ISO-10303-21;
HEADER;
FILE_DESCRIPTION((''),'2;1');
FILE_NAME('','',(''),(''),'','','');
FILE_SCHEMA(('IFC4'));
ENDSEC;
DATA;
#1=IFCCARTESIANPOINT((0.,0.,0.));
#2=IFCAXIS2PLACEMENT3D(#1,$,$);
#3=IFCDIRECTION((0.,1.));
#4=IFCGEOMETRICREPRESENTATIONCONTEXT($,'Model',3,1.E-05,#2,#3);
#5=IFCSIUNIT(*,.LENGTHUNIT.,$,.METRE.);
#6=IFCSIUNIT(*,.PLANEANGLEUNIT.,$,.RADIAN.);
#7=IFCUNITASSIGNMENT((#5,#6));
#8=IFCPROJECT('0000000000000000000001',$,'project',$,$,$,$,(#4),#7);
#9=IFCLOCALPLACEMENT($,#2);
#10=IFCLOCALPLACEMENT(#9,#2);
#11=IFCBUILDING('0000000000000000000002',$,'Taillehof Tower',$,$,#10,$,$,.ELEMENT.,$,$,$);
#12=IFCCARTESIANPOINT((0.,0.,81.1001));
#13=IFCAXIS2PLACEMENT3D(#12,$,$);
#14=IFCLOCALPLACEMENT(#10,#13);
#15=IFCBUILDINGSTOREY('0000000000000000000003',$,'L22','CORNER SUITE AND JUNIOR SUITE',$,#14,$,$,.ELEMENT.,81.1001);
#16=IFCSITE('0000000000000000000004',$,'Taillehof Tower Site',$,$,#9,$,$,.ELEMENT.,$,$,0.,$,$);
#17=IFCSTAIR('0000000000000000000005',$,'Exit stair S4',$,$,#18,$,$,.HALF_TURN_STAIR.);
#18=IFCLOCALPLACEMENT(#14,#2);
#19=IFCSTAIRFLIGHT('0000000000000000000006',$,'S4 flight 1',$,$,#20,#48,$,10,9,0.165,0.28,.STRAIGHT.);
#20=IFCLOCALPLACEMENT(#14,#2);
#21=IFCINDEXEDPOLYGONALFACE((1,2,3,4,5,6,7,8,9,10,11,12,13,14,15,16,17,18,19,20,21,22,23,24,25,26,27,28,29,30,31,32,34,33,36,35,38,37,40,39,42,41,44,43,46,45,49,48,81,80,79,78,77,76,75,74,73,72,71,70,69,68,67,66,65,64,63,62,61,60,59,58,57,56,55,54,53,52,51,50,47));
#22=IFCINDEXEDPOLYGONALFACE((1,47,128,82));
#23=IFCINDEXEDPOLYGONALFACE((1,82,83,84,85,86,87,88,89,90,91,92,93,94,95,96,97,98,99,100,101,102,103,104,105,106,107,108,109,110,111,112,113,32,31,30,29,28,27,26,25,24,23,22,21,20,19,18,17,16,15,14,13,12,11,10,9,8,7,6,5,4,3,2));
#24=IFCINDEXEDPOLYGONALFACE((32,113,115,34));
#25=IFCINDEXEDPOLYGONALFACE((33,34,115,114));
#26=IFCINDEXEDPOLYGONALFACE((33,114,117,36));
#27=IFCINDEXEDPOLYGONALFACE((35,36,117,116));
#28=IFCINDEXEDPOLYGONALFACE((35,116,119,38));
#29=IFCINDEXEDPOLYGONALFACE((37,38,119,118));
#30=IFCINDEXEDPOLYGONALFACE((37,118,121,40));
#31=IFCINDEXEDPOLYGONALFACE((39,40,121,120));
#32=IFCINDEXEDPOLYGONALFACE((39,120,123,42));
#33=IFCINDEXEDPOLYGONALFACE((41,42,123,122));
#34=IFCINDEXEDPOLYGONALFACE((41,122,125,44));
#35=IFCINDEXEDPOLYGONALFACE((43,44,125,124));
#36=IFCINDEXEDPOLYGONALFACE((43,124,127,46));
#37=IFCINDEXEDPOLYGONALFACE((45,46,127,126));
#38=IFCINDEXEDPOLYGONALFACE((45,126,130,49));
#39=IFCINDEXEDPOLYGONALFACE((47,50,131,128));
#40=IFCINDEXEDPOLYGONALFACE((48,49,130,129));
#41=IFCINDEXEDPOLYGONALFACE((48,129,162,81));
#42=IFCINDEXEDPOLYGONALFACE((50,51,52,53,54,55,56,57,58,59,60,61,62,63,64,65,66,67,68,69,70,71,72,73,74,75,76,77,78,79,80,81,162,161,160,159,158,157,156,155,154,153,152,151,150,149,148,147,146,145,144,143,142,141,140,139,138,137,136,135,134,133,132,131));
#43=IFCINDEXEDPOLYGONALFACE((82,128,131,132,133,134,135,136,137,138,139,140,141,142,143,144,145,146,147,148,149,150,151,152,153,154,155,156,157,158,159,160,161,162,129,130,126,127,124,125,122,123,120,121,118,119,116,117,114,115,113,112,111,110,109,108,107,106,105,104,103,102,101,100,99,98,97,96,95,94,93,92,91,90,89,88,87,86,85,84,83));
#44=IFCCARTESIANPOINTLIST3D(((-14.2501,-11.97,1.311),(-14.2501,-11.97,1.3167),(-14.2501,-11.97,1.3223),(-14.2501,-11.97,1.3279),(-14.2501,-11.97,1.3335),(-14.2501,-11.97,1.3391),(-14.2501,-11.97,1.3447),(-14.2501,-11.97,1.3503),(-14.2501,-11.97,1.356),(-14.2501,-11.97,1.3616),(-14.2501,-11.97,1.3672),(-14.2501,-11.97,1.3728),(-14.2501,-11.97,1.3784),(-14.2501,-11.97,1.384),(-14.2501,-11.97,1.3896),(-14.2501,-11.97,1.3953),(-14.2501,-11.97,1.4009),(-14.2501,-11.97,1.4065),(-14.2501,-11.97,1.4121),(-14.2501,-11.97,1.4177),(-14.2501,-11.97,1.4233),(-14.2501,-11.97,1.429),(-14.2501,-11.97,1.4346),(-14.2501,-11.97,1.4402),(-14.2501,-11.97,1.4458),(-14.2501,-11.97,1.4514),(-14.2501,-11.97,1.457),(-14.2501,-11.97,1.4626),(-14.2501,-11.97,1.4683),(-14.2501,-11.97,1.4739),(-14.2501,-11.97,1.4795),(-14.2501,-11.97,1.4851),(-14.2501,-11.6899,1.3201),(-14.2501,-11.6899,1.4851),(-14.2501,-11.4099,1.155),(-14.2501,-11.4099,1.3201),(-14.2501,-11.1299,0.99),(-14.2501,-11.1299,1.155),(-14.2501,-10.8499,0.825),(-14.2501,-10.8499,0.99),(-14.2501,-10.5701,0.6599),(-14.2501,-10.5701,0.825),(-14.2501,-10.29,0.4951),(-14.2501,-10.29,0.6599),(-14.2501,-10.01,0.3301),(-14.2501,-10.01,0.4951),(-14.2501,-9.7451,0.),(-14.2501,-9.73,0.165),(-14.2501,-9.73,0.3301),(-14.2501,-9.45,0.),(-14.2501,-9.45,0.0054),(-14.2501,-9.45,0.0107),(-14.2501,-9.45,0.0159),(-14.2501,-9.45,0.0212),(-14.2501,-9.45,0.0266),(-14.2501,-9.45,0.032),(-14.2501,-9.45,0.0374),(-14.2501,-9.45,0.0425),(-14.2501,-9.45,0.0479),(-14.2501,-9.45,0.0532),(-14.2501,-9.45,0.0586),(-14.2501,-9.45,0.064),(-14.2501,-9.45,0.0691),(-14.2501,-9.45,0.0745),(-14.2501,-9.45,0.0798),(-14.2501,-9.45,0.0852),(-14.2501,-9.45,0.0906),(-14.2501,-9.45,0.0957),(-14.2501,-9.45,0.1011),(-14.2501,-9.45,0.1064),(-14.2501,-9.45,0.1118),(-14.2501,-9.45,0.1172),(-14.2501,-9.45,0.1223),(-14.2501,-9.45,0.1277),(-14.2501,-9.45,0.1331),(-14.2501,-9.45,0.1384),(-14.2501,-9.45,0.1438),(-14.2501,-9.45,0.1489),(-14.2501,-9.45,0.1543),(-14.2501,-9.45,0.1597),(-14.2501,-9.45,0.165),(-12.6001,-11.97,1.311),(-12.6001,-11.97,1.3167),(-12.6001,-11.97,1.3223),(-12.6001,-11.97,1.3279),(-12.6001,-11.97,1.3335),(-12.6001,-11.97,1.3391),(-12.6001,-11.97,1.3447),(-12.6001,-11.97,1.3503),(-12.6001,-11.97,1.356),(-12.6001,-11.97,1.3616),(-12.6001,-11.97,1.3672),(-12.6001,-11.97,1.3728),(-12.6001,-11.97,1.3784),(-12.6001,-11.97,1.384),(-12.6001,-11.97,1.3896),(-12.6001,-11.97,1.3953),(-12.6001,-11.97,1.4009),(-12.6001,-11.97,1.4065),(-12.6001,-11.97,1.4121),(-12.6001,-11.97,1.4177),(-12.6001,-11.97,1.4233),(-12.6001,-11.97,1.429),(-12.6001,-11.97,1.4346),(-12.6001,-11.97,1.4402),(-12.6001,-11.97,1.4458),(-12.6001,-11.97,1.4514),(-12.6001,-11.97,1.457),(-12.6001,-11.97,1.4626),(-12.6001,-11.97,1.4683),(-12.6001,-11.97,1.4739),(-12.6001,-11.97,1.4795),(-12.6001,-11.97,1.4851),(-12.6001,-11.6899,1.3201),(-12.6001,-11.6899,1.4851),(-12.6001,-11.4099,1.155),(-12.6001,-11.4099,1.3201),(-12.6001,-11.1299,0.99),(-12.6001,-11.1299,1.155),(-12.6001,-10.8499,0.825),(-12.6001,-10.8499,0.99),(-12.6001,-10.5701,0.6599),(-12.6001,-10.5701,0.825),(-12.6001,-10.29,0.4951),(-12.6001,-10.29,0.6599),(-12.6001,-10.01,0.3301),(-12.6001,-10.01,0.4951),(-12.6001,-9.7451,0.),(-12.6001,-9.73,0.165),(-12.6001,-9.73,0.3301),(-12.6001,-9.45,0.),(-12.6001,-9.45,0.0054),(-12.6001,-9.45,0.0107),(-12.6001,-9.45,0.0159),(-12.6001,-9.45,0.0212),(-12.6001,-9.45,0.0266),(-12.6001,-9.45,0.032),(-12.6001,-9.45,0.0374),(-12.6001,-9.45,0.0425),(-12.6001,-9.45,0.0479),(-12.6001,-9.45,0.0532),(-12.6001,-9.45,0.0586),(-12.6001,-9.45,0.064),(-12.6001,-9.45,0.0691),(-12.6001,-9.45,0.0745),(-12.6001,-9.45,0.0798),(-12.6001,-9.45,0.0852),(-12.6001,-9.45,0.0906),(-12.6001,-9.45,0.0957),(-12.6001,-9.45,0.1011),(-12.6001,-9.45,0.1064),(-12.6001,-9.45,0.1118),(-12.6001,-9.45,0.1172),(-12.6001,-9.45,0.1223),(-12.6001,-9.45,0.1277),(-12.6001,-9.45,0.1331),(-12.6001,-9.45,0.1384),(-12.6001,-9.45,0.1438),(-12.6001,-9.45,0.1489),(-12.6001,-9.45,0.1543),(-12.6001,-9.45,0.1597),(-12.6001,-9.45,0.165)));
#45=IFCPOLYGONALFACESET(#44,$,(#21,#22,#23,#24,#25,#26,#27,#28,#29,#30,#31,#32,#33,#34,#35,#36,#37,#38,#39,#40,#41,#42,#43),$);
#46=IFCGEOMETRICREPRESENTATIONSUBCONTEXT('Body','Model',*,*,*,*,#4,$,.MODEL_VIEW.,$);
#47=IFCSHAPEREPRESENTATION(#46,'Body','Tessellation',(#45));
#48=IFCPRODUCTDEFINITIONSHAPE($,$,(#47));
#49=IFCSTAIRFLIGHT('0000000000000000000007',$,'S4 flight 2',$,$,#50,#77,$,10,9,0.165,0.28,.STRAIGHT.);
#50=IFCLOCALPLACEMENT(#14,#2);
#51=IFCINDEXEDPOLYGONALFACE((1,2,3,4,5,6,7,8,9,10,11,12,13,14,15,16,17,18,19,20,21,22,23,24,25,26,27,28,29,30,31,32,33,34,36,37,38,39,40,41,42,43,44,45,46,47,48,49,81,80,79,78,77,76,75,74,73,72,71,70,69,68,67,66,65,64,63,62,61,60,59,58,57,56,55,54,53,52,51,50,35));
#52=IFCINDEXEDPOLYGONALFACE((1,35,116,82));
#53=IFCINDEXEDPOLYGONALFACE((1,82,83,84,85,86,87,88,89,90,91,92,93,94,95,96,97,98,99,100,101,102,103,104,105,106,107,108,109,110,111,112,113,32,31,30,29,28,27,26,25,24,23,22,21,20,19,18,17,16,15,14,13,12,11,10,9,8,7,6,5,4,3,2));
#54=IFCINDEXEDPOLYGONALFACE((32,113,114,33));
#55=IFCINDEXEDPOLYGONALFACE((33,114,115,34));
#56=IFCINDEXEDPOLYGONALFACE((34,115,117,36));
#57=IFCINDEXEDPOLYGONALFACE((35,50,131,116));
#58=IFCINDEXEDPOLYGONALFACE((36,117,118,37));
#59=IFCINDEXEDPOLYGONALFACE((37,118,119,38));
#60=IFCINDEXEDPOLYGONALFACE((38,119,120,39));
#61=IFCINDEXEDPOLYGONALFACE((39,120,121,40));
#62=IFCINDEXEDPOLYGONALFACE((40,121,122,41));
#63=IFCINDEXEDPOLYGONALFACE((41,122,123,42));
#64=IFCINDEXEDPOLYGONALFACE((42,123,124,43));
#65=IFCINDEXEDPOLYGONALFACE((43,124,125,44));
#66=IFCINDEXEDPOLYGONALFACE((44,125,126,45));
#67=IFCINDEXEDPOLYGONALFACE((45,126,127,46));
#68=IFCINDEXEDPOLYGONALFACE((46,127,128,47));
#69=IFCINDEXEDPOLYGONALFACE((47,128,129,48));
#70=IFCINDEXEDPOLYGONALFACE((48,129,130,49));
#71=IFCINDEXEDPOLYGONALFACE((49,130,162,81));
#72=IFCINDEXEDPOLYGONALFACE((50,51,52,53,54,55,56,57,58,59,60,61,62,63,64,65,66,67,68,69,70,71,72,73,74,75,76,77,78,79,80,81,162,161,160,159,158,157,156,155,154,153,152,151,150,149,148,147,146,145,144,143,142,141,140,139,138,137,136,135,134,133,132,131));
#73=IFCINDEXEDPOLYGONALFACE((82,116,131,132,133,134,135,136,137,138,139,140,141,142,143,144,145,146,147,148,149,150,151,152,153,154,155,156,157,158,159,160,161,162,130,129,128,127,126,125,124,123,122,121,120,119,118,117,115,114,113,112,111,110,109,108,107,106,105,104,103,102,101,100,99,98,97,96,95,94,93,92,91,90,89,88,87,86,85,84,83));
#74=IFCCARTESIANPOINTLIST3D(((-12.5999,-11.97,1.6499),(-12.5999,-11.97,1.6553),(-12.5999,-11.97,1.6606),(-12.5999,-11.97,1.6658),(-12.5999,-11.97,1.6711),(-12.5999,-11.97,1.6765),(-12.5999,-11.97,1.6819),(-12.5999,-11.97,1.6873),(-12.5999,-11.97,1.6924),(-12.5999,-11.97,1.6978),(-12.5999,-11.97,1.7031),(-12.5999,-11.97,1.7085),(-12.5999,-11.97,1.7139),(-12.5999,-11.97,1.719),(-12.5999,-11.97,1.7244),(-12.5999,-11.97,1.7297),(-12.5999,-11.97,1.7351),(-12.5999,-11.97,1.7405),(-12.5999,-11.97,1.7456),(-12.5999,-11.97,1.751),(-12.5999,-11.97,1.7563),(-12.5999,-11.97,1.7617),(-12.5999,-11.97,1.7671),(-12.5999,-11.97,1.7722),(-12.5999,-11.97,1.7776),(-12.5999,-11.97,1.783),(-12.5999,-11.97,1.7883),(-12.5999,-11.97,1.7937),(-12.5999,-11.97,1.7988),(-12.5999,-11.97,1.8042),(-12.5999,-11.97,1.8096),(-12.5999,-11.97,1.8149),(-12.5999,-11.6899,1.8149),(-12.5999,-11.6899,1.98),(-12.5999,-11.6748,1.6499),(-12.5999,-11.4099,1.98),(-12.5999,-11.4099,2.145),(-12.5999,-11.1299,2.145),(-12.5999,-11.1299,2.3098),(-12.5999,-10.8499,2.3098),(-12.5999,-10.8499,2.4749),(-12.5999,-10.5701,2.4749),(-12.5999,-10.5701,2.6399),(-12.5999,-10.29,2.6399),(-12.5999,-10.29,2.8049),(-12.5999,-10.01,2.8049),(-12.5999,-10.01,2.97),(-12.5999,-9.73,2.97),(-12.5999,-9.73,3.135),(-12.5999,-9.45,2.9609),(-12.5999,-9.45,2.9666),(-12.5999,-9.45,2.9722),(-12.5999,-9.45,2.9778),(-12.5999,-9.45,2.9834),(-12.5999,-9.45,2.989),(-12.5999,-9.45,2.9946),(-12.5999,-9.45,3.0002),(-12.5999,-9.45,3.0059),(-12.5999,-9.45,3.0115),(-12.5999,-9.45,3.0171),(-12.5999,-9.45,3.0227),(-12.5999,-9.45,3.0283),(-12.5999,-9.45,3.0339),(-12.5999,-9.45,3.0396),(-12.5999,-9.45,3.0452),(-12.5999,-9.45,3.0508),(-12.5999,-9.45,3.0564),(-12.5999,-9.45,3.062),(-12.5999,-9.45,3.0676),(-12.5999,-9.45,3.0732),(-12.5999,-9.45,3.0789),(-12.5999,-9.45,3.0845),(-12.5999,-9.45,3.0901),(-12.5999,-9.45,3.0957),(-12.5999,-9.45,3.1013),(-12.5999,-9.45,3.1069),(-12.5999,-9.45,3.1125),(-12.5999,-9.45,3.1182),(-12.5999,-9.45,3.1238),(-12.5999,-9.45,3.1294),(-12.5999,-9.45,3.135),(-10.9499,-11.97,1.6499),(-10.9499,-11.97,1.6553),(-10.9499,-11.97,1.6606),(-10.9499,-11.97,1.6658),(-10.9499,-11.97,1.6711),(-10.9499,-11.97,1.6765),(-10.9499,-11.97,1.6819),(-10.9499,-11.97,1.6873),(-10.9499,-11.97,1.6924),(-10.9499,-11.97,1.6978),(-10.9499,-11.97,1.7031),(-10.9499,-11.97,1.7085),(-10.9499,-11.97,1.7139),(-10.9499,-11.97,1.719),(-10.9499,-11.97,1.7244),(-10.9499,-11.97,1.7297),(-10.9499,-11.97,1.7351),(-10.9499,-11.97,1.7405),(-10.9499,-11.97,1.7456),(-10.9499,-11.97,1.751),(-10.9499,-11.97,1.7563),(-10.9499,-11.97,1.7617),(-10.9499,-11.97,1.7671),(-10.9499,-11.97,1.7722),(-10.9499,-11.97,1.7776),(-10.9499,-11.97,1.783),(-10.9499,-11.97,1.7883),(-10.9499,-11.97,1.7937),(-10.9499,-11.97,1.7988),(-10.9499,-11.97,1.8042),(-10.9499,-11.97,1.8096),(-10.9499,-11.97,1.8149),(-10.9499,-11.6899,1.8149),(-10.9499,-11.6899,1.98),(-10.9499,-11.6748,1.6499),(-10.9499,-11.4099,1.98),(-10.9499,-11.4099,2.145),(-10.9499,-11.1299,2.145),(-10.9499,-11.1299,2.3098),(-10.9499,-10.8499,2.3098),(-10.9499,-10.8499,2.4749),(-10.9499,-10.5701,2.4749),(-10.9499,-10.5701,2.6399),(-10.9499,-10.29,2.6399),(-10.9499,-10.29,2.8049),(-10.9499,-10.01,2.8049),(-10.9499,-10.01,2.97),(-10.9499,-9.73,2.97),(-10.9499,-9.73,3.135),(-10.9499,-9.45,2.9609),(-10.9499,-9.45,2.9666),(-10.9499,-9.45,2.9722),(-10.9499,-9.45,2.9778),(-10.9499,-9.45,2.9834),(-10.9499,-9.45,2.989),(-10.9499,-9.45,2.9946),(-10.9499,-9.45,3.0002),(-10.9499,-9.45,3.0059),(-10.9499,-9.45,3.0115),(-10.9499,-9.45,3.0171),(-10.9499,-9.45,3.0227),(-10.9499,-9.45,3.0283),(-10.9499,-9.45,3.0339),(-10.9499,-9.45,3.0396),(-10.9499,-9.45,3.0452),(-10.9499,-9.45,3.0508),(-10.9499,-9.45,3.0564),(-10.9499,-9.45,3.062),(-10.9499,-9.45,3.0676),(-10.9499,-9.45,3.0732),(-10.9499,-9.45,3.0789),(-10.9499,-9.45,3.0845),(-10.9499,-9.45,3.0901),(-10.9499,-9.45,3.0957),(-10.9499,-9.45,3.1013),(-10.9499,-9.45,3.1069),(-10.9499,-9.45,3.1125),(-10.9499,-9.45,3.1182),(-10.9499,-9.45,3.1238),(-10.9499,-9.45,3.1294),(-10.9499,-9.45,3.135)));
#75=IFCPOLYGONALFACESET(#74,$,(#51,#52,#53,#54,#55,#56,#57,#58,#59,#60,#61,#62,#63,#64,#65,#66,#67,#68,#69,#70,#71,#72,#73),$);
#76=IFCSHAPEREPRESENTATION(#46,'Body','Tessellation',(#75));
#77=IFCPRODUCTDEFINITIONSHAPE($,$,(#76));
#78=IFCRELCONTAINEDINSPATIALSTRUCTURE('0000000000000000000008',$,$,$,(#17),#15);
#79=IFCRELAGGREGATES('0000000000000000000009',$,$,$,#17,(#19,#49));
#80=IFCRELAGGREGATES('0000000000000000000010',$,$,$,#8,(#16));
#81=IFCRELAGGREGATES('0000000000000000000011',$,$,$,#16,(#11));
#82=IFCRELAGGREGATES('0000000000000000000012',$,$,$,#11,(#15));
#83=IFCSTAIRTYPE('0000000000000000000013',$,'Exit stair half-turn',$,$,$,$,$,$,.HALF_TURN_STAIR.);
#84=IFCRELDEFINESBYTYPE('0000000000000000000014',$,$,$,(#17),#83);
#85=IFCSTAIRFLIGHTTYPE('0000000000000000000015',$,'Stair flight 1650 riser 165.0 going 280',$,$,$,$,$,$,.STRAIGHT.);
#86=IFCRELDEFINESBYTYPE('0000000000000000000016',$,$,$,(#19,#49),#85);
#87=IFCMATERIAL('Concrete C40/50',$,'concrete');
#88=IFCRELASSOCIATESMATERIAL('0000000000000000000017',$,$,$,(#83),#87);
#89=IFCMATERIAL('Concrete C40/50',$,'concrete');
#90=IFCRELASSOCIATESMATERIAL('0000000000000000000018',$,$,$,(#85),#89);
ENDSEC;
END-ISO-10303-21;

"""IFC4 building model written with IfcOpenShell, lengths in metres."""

from ifc_helpers import new_model, si_unit, direction, frame, origin, place, context, subcontext, project, spatial, polyline, outline, extrude, material, type_object, element, aggregate, save


model = new_model("IFC4")

# Units and contexts
model_context = context("Model", 3, precision=1e-05, world=origin(), true_north=direction((0.0, 1.0)))
body_context = subcontext(model_context, "Body", "Model", "MODEL_VIEW")
ifc_project = project(units=[si_unit("LENGTHUNIT", "METRE"), si_unit("PLANEANGLEUNIT", "RADIAN")], contexts=[model_context])

# Site, building, storey
site_placement = place(None, origin())
site = spatial("IfcSite", under=ifc_project, at=site_placement, Name="Taillehof Tower Site", CompositionType="ELEMENT", RefElevation=0.0)
building_placement = place(site_placement, origin())
building = spatial("IfcBuilding", under=site, at=building_placement, Name="Taillehof Tower", CompositionType="ELEMENT")
storey_placement = place(building_placement, frame((0.0, 0.0, 81.1001)))
storey = spatial("IfcBuildingStorey", under=building, at=storey_placement, Name="L22", Description="CORNER SUITE AND JUNIOR SUITE", CompositionType="ELEMENT", Elevation=81.1001)

# Stair, stair flights
ifc_material_1 = material(Name="Concrete C40/50", Category="concrete")
stair_type = type_object("IfcStairType", Name="Exit stair half-turn", PredefinedType="HALF_TURN_STAIR", material=ifc_material_1)
stair_placement = place(storey_placement, origin())
stair = element("IfcStair", 1, at=stair_placement, inside=storey, type_object=stair_type, Name="Exit stair S4", PredefinedType="HALF_TURN_STAIR")
ifc_material_2 = material(Name="Concrete C40/50", Category="concrete")
stair_flight_type = type_object("IfcStairFlightType", Name="Stair flight 1650 riser 165.0 going 280", PredefinedType="STRAIGHT", material=ifc_material_2)
stair_flight_1_placement = place(storey_placement, frame((-13.425, -9.45, 0.0), z_axis=(0.0, 0.0, 1.0), x_axis=(0.0, -1.0, 0.0)))
stair_flight_1 = element("IfcStairFlight", 2, at=stair_flight_1_placement, type_object=stair_flight_type, Name="S4 flight 1", NumberOfRisers=10, NumberOfTreads=9, PredefinedType="STRAIGHT", RiserHeight=0.165, TreadLength=0.28, context=body_context, shape_type="SweptSolid", body=[
    extrude(outline(polyline([(0.0, 0.0), (0.0, 0.0054), (0.0, 0.0107), (0.0, 0.0159), (0.0, 0.0212), (0.0, 0.0266), (0.0, 0.032), (0.0, 0.0374), (0.0, 0.0425), (0.0, 0.0479), (0.0, 0.0532), (0.0, 0.0586), (0.0, 0.064), (0.0, 0.0691), (0.0, 0.0745), (0.0, 0.0798), (0.0, 0.0852), (0.0, 0.0906), (0.0, 0.0957), (0.0, 0.1011), (0.0, 0.1064), (0.0, 0.1118), (0.0, 0.1172), (0.0, 0.1223), (0.0, 0.1277), (0.0, 0.1331), (0.0, 0.1384), (0.0, 0.1438), (0.0, 0.1489), (0.0, 0.1543), (0.0, 0.1597), (0.0, 0.165), (0.28, 0.165), (0.28, 0.3301), (0.5601, 0.3301), (0.5601, 0.4951), (0.8401, 0.4951), (0.8401, 0.6599), (1.1201, 0.6599), (1.1201, 0.825), (1.3999, 0.825), (1.3999, 0.99), (1.6799, 0.99), (1.6799, 1.155), (1.96, 1.155), (1.96, 1.3201), (2.24, 1.3201), (2.24, 1.4851), (2.52, 1.4851), (2.52, 1.4795), (2.52, 1.4739), (2.52, 1.4683), (2.52, 1.4626), (2.52, 1.457), (2.52, 1.4514), (2.52, 1.4458), (2.52, 1.4402), (2.52, 1.4346), (2.52, 1.429), (2.52, 1.4233), (2.52, 1.4177), (2.52, 1.4121), (2.52, 1.4065), (2.52, 1.4009), (2.52, 1.3953), (2.52, 1.3896), (2.52, 1.384), (2.52, 1.3784), (2.52, 1.3728), (2.52, 1.3672), (2.52, 1.3616), (2.52, 1.356), (2.52, 1.3503), (2.52, 1.3447), (2.52, 1.3391), (2.52, 1.3335), (2.52, 1.3279), (2.52, 1.3223), (2.52, 1.3167), (2.52, 1.311), (0.2952, 0.0), (0.0, 0.0)])), frame((0.0, 0.825, 0.0), z_axis=(0.0, -1.0, 0.0), x_axis=(1.0, 0.0, 0.0)), (0.0, 0.0, 1.0), 1.65),
])
stair_flight_2_placement = place(storey_placement, frame((-11.7749, -11.97, 1.6499), z_axis=(0.0, 0.0, 1.0), x_axis=(0.0, 1.0, 0.0)))
stair_flight_2 = element("IfcStairFlight", 3, at=stair_flight_2_placement, type_object=stair_flight_type, Name="S4 flight 2", NumberOfRisers=10, NumberOfTreads=9, PredefinedType="STRAIGHT", RiserHeight=0.165, TreadLength=0.28, context=body_context, shape_type="SweptSolid", body=[
    extrude(outline(polyline([(0.0, 0.0), (0.0, 0.0054), (0.0, 0.0107), (0.0, 0.0159), (0.0, 0.0212), (0.0, 0.0266), (0.0, 0.032), (0.0, 0.0374), (0.0, 0.0425), (0.0, 0.0479), (0.0, 0.0532), (0.0, 0.0586), (0.0, 0.064), (0.0, 0.0691), (0.0, 0.0745), (0.0, 0.0798), (0.0, 0.0852), (0.0, 0.0906), (0.0, 0.0957), (0.0, 0.1011), (0.0, 0.1064), (0.0, 0.1118), (0.0, 0.1172), (0.0, 0.1223), (0.0, 0.1277), (0.0, 0.1331), (0.0, 0.1384), (0.0, 0.1438), (0.0, 0.1489), (0.0, 0.1543), (0.0, 0.1597), (0.0, 0.165), (0.28, 0.165), (0.28, 0.3301), (0.5601, 0.3301), (0.5601, 0.4951), (0.8401, 0.4951), (0.8401, 0.6599), (1.1201, 0.6599), (1.1201, 0.825), (1.3999, 0.825), (1.3999, 0.99), (1.6799, 0.99), (1.6799, 1.155), (1.96, 1.155), (1.96, 1.3201), (2.24, 1.3201), (2.24, 1.4851), (2.52, 1.4851), (2.52, 1.4795), (2.52, 1.4739), (2.52, 1.4683), (2.52, 1.4626), (2.52, 1.457), (2.52, 1.4514), (2.52, 1.4458), (2.52, 1.4402), (2.52, 1.4346), (2.52, 1.429), (2.52, 1.4233), (2.52, 1.4177), (2.52, 1.4121), (2.52, 1.4065), (2.52, 1.4009), (2.52, 1.3953), (2.52, 1.3896), (2.52, 1.384), (2.52, 1.3784), (2.52, 1.3728), (2.52, 1.3672), (2.52, 1.3616), (2.52, 1.356), (2.52, 1.3503), (2.52, 1.3447), (2.52, 1.3391), (2.52, 1.3335), (2.52, 1.3279), (2.52, 1.3223), (2.52, 1.3167), (2.52, 1.311), (0.2952, 0.0), (0.0, 0.0)])), frame((0.0, 0.825, 0.0), z_axis=(0.0, -1.0, 0.0), x_axis=(1.0, 0.0, 0.0)), (0.0, 0.0, 1.0), 1.65),
])
aggregate(stair, [stair_flight_1, stair_flight_2])

save(model, "model.ifc")
